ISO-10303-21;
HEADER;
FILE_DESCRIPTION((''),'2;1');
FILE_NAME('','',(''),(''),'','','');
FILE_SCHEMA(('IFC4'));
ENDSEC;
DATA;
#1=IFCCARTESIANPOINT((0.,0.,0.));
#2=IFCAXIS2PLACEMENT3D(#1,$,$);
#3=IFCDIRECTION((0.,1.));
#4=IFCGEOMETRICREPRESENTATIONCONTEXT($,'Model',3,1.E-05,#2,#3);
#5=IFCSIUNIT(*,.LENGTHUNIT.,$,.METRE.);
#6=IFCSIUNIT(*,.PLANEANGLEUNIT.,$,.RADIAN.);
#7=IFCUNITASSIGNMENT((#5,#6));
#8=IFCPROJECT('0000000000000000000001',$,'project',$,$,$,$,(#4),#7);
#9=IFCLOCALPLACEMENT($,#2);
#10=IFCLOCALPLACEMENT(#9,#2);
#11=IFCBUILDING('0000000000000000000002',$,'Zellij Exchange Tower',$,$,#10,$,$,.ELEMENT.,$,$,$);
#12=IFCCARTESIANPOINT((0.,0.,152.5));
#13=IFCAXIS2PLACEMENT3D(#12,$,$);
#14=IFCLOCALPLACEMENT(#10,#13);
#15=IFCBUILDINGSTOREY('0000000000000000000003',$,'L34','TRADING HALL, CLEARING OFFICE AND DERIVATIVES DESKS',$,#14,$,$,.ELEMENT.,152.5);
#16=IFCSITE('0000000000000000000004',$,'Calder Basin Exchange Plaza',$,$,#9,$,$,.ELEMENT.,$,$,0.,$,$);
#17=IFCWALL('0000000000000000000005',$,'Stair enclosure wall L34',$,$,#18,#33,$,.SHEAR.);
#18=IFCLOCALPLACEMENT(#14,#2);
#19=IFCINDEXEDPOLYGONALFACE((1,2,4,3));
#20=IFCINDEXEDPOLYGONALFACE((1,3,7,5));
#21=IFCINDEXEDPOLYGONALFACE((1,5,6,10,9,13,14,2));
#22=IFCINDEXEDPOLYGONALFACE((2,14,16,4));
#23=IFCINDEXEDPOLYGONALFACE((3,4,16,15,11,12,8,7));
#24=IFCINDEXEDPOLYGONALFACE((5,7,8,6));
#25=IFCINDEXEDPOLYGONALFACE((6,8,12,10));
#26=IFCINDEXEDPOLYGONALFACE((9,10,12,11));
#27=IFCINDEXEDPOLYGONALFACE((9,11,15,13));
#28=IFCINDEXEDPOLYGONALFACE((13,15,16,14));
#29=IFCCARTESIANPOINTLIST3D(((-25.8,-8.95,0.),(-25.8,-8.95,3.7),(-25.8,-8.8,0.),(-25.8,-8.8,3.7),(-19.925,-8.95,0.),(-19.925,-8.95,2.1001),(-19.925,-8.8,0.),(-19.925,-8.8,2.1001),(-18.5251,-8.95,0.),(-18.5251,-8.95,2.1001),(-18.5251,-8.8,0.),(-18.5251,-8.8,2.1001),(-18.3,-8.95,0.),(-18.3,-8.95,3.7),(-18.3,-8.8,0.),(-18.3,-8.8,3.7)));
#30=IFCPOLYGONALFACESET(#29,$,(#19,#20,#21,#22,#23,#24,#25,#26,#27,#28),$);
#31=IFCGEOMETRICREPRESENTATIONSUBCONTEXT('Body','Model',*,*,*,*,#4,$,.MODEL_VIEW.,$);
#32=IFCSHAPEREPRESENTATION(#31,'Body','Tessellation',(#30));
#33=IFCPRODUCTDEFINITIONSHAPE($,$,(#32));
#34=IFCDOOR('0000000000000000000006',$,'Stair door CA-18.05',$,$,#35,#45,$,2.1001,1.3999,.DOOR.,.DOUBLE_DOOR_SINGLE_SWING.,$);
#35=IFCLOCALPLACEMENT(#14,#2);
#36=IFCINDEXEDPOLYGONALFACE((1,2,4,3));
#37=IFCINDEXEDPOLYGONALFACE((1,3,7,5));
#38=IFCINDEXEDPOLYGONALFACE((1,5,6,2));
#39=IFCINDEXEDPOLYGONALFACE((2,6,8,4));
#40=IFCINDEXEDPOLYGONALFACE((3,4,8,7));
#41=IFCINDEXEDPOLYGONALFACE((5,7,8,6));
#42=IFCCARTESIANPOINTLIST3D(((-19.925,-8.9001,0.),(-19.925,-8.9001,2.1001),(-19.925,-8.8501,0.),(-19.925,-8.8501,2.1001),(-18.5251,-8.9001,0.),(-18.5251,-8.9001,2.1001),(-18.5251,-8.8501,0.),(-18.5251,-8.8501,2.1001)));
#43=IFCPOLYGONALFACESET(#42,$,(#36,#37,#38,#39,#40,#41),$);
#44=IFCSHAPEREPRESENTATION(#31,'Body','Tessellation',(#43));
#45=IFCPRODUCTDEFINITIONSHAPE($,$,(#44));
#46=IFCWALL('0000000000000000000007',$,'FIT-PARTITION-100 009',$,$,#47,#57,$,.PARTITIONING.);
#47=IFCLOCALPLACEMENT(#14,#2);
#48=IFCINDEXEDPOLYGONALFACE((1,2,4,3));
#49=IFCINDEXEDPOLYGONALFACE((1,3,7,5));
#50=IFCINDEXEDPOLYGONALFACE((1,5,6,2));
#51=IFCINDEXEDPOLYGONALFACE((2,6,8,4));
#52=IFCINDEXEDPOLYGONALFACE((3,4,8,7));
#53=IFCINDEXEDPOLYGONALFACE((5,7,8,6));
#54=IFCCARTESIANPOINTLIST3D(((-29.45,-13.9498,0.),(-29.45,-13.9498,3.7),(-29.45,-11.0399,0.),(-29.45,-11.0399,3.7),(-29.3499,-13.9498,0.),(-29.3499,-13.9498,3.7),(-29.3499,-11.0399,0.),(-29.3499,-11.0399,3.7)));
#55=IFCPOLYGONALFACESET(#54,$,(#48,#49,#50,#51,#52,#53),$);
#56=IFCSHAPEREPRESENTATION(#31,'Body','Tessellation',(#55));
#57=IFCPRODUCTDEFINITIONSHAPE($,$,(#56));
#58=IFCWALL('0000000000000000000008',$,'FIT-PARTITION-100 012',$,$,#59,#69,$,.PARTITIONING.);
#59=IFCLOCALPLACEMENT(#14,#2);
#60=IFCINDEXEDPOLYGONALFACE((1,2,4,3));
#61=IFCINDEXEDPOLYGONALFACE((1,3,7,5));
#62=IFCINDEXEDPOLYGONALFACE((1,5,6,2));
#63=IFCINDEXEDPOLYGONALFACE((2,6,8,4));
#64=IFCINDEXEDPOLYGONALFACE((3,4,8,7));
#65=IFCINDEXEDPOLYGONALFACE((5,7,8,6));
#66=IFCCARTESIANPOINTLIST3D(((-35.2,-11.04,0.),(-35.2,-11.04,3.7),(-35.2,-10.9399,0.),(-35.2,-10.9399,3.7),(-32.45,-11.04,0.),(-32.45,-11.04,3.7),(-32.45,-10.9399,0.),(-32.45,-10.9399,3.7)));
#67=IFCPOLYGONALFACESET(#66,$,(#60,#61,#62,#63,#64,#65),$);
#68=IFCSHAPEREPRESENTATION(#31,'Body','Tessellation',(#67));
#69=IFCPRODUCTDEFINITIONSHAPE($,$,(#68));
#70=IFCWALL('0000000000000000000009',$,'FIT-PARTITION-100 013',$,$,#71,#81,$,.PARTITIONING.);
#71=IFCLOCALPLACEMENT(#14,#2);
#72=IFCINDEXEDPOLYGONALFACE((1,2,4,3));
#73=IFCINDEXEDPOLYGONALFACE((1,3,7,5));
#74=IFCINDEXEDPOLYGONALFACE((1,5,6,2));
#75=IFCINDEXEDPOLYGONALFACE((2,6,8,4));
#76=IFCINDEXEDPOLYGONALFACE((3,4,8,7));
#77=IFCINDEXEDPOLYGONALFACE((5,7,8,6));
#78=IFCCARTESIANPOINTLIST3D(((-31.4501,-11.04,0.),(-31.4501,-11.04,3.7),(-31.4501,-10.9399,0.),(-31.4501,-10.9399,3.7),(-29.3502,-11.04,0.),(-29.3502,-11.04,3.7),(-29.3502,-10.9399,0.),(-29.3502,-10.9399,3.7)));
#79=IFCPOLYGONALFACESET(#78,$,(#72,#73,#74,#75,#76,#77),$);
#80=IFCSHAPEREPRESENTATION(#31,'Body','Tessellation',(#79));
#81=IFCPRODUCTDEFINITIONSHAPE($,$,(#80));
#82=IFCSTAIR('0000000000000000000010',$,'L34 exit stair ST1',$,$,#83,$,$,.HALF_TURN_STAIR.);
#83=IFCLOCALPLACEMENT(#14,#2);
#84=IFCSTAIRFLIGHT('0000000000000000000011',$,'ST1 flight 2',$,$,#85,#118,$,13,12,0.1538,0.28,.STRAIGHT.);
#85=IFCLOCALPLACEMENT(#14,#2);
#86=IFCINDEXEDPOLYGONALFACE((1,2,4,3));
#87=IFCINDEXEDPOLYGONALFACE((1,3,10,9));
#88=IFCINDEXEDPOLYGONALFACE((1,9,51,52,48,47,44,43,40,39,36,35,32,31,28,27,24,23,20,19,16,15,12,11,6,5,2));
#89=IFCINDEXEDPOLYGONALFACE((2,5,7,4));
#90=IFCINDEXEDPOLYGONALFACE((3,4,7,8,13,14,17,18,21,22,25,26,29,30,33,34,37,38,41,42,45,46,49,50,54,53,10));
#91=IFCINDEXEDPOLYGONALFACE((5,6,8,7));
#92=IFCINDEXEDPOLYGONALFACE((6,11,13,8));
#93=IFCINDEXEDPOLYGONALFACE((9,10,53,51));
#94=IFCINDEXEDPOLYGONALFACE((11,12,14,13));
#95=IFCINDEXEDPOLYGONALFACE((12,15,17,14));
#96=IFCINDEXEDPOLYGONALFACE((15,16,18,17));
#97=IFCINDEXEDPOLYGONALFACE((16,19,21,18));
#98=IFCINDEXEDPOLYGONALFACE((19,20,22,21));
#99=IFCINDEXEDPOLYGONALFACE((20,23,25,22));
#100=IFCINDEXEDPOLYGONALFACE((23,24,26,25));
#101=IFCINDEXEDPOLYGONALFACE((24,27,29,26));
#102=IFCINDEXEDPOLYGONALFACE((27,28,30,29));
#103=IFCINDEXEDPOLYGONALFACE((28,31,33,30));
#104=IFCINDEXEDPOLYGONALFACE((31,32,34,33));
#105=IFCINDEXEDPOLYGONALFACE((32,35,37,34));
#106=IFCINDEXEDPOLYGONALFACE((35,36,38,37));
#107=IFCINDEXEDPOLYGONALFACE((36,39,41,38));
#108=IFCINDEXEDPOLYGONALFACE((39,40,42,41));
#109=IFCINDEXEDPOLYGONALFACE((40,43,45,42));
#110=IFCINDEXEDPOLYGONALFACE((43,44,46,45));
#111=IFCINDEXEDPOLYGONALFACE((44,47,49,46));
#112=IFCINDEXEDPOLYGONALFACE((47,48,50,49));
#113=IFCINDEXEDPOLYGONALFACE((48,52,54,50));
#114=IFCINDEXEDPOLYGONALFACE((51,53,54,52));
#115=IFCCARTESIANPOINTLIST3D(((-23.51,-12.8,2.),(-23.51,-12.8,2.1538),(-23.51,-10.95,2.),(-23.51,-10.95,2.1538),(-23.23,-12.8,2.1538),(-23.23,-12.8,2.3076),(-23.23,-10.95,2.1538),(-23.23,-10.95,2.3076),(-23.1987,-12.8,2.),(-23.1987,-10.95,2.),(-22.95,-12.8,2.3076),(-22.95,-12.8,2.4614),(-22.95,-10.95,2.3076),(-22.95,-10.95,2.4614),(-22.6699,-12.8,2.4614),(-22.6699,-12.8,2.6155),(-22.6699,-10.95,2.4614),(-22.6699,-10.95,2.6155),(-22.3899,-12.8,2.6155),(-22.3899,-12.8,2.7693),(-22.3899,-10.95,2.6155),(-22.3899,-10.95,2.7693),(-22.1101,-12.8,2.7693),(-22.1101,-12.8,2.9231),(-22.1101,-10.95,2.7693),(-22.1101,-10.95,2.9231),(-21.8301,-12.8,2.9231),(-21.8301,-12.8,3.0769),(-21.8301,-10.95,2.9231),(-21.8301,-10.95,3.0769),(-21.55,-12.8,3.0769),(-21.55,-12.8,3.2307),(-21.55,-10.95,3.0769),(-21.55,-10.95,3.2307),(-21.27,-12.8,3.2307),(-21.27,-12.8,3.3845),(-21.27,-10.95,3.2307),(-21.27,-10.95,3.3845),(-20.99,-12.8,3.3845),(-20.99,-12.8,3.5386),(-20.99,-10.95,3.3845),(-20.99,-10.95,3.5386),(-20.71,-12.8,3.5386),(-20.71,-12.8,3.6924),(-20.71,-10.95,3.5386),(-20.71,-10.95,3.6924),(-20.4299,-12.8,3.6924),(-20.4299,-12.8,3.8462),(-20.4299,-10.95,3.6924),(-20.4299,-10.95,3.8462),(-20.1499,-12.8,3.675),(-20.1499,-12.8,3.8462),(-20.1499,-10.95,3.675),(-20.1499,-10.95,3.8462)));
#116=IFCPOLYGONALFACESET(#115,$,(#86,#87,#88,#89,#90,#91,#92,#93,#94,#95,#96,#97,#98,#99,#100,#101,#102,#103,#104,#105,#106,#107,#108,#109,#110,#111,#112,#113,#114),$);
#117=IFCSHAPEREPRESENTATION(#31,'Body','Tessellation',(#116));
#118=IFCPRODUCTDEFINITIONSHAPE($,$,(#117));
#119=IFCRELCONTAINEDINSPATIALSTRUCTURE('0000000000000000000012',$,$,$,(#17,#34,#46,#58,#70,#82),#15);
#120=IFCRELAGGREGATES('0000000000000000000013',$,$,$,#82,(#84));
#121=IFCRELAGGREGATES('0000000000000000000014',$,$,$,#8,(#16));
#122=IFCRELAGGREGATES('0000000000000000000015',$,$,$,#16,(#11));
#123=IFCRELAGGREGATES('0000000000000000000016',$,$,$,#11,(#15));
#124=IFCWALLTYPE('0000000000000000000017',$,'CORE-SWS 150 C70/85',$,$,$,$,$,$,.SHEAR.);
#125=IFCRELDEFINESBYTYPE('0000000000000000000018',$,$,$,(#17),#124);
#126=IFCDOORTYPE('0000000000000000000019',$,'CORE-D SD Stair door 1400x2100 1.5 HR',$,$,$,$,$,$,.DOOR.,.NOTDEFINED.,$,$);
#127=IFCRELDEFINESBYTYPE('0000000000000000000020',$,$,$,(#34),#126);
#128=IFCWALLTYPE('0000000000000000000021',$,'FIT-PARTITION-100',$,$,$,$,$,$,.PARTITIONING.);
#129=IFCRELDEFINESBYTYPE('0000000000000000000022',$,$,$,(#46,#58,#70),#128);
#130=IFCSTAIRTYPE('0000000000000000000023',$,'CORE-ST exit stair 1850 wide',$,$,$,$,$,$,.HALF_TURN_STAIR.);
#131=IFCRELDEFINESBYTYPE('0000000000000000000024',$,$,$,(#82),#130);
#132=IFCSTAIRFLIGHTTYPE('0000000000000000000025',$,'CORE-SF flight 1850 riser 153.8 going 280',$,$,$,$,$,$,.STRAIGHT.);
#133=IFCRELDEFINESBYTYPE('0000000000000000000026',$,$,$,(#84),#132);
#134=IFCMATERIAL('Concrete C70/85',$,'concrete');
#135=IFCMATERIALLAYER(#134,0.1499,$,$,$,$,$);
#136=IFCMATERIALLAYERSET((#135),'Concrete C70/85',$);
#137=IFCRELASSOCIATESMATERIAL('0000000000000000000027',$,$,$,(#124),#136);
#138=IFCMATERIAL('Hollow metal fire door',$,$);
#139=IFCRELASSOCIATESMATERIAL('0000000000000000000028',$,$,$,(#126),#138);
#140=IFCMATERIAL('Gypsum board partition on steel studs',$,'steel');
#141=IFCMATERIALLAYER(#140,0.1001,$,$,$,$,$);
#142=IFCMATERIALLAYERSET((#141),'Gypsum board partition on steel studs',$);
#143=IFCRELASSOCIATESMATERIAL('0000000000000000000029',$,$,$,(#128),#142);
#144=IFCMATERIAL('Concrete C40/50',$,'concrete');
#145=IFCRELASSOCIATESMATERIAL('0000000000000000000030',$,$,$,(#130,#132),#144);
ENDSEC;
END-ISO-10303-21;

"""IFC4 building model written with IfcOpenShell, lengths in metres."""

from ifc_helpers import new_model, si_unit, direction, frame, frame_2d, origin, place, context, subcontext, project, spatial, polyline, rectangle, outline, extrude, material, layer, layer_set, type_object, element, fill, aggregate, save


model = new_model("IFC4")

# Units and contexts
model_context = context("Model", 3, precision=1e-05, world=origin(), true_north=direction((0.0, 1.0)))
body_context = subcontext(model_context, "Body", "Model", "MODEL_VIEW")
ifc_project = project(units=[si_unit("LENGTHUNIT", "METRE"), si_unit("PLANEANGLEUNIT", "RADIAN")], contexts=[model_context])

# Site, building, storey
site_placement = place(None, origin())
site = spatial("IfcSite", under=ifc_project, at=site_placement, Name="Calder Basin Exchange Plaza", CompositionType="ELEMENT", RefElevation=0.0)
building_placement = place(site_placement, origin())
building = spatial("IfcBuilding", under=site, at=building_placement, Name="Zellij Exchange Tower", CompositionType="ELEMENT")
storey_placement = place(building_placement, frame((0.0, 0.0, 152.5)))
storey = spatial("IfcBuildingStorey", under=building, at=storey_placement, Name="L34", Description="TRADING HALL, CLEARING OFFICE AND DERIVATIVES DESKS", CompositionType="ELEMENT", Elevation=152.5)

# Shared definitions
ifc_material_1 = material(Name="Concrete C70/85", Category="concrete")

# Shared definitions
ifc_material_2 = material(Name="Hollow metal fire door")

# Wall, opening, door
ifc_layer_1 = layer(ifc_material_1, 0.1499)
ifc_layer_set_1 = layer_set([ifc_layer_1], Name="Concrete C70/85")
wall_type_1 = type_object("IfcWallType", Name="CORE-SWS 150 C70/85", PredefinedType="SHEAR", material=ifc_layer_set_1)
wall_1_placement = place(storey_placement, frame((-25.8, -8.875, 0.0), z_axis=(0.0, 0.0, 1.0), x_axis=(1.0, 0.0, 0.0)))
wall_1 = element("IfcWall", 1, at=wall_1_placement, inside=storey, type_object=wall_type_1, Name="Stair enclosure wall L34", PredefinedType="SHEAR", context=body_context, shape_type="SweptSolid", body=[
    extrude(rectangle(XDim=7.5, YDim=0.1499, at=frame_2d((3.75, 0.0))), origin(), (0.0, 0.0, 1.0), 3.7),
])
opening_1_placement = place(wall_1_placement, frame((5.875, 0.0, 0.0)))
opening_1 = element("IfcOpeningElement", 2, at=opening_1_placement, cuts=wall_1, PredefinedType="OPENING", context=body_context, shape_type="SweptSolid", body=[
    extrude(rectangle(XDim=1.3999, YDim=2.1001, at=frame_2d((0.7, 1.05))), frame((0.0, 0.0869, 0.0), z_axis=(0.0, -1.0, 0.0), x_axis=(1.0, 0.0, 0.0)), (0.0, 0.0, 1.0), 0.1738),
])
door_type_1 = type_object("IfcDoorType", Name="CORE-D SD Stair door 1400x2100 1.5 HR", OperationType="NOTDEFINED", PredefinedType="DOOR", material=ifc_material_2)
door_1_placement = place(opening_1_placement, origin())
door_1 = element("IfcDoor", 3, at=door_1_placement, inside=storey, type_object=door_type_1, Name="Stair door CA-18.05", OperationType="DOUBLE_DOOR_SINGLE_SWING", OverallHeight=2.1001, OverallWidth=1.3999, PredefinedType="DOOR", context=body_context, shape_type="SweptSolid", body=[
    extrude(rectangle(XDim=1.3999, YDim=2.1001, at=frame_2d((0.7, 1.05))), frame((0.0, 0.0249, 0.0), z_axis=(0.0, -1.0, 0.0), x_axis=(1.0, 0.0, 0.0)), (0.0, 0.0, 1.0), 0.05),
])
fill(opening_1, door_1)

# Walls
ifc_material_3 = material(Name="Gypsum board partition on steel studs", Category="steel")
ifc_layer_2 = layer(ifc_material_3, 0.1001)
ifc_layer_set_2 = layer_set([ifc_layer_2], Name="Gypsum board partition on steel studs")
wall_type_2 = type_object("IfcWallType", Name="FIT-PARTITION-100", PredefinedType="PARTITIONING", material=ifc_layer_set_2)
wall_2_placement = place(storey_placement, frame((-29.3999, -13.95, 0.0), z_axis=(0.0, 0.0, 1.0), x_axis=(0.0, 1.0, 0.0)))
element("IfcWall", 4, at=wall_2_placement, inside=storey, type_object=wall_type_2, Name="FIT-PARTITION-100 009", PredefinedType="PARTITIONING", context=body_context, shape_type="SweptSolid", body=[
    extrude(rectangle(XDim=2.9099, YDim=0.1001, at=frame_2d((1.4551, 0.0))), origin(), (0.0, 0.0, 1.0), 3.7),
])
wall_3_placement = place(storey_placement, frame((-35.2, -10.99, 0.0), z_axis=(0.0, 0.0, 1.0), x_axis=(1.0, 0.0, 0.0)))
element("IfcWall", 5, at=wall_3_placement, inside=storey, type_object=wall_type_2, Name="FIT-PARTITION-100 012", PredefinedType="PARTITIONING", context=body_context, shape_type="SweptSolid", body=[
    extrude(rectangle(XDim=2.75, YDim=0.1001, at=frame_2d((1.375, 0.0))), origin(), (0.0, 0.0, 1.0), 3.7),
])
wall_4_placement = place(storey_placement, frame((-31.45, -10.99, 0.0), z_axis=(0.0, 0.0, 1.0), x_axis=(1.0, 0.0, 0.0)))
element("IfcWall", 6, at=wall_4_placement, inside=storey, type_object=wall_type_2, Name="FIT-PARTITION-100 013", PredefinedType="PARTITIONING", context=body_context, shape_type="SweptSolid", body=[
    extrude(rectangle(XDim=2.0999, YDim=0.1001, at=frame_2d((1.0498, 0.0))), origin(), (0.0, 0.0, 1.0), 3.7),
])

# Stair, stair flight
ifc_material_4 = material(Name="Concrete C40/50", Category="concrete")
stair_type = type_object("IfcStairType", Name="CORE-ST exit stair 1850 wide", PredefinedType="HALF_TURN_STAIR", material=ifc_material_4)
stair_placement = place(storey_placement, origin())
stair = element("IfcStair", 7, at=stair_placement, inside=storey, type_object=stair_type, Name="L34 exit stair ST1", PredefinedType="HALF_TURN_STAIR")
stair_flight_type = type_object("IfcStairFlightType", Name="CORE-SF flight 1850 riser 153.8 going 280", PredefinedType="STRAIGHT", material=ifc_material_4)
stair_flight_placement = place(storey_placement, frame((-23.51, -11.875, 2.0), z_axis=(0.0, 0.0, 1.0), x_axis=(1.0, 0.0, 0.0)))
stair_flight = element("IfcStairFlight", 8, at=stair_flight_placement, type_object=stair_flight_type, Name="ST1 flight 2", NumberOfRisers=13, NumberOfTreads=12, PredefinedType="STRAIGHT", RiserHeight=0.1538, TreadLength=0.28, context=body_context, shape_type="SweptSolid", body=[
    extrude(outline(polyline([(0.0, 0.0), (0.0, 0.1538), (0.28, 0.1538), (0.28, 0.3076), (0.5601, 0.3076), (0.5601, 0.4614), (0.8401, 0.4614), (0.8401, 0.6155), (1.1201, 0.6155), (1.1201, 0.7693), (1.3999, 0.7693), (1.3999, 0.9231), (1.6799, 0.9231), (1.6799, 1.0769), (1.96, 1.0769), (1.96, 1.2307), (2.24, 1.2307), (2.24, 1.3845), (2.52, 1.3845), (2.52, 1.5386), (2.8, 1.5386), (2.8, 1.6924), (3.0801, 1.6924), (3.0801, 1.8462), (3.3601, 1.8462), (3.3601, 2.0), (3.3601, 1.675), (0.3113, 0.0), (0.0, 0.0)])), frame((0.0, 0.925, 0.0), z_axis=(0.0, -1.0, 0.0), x_axis=(1.0, 0.0, 0.0)), (0.0, 0.0, 1.0), 1.8501),
])
aggregate(stair, [stair_flight])

save(model, "model.ifc")
